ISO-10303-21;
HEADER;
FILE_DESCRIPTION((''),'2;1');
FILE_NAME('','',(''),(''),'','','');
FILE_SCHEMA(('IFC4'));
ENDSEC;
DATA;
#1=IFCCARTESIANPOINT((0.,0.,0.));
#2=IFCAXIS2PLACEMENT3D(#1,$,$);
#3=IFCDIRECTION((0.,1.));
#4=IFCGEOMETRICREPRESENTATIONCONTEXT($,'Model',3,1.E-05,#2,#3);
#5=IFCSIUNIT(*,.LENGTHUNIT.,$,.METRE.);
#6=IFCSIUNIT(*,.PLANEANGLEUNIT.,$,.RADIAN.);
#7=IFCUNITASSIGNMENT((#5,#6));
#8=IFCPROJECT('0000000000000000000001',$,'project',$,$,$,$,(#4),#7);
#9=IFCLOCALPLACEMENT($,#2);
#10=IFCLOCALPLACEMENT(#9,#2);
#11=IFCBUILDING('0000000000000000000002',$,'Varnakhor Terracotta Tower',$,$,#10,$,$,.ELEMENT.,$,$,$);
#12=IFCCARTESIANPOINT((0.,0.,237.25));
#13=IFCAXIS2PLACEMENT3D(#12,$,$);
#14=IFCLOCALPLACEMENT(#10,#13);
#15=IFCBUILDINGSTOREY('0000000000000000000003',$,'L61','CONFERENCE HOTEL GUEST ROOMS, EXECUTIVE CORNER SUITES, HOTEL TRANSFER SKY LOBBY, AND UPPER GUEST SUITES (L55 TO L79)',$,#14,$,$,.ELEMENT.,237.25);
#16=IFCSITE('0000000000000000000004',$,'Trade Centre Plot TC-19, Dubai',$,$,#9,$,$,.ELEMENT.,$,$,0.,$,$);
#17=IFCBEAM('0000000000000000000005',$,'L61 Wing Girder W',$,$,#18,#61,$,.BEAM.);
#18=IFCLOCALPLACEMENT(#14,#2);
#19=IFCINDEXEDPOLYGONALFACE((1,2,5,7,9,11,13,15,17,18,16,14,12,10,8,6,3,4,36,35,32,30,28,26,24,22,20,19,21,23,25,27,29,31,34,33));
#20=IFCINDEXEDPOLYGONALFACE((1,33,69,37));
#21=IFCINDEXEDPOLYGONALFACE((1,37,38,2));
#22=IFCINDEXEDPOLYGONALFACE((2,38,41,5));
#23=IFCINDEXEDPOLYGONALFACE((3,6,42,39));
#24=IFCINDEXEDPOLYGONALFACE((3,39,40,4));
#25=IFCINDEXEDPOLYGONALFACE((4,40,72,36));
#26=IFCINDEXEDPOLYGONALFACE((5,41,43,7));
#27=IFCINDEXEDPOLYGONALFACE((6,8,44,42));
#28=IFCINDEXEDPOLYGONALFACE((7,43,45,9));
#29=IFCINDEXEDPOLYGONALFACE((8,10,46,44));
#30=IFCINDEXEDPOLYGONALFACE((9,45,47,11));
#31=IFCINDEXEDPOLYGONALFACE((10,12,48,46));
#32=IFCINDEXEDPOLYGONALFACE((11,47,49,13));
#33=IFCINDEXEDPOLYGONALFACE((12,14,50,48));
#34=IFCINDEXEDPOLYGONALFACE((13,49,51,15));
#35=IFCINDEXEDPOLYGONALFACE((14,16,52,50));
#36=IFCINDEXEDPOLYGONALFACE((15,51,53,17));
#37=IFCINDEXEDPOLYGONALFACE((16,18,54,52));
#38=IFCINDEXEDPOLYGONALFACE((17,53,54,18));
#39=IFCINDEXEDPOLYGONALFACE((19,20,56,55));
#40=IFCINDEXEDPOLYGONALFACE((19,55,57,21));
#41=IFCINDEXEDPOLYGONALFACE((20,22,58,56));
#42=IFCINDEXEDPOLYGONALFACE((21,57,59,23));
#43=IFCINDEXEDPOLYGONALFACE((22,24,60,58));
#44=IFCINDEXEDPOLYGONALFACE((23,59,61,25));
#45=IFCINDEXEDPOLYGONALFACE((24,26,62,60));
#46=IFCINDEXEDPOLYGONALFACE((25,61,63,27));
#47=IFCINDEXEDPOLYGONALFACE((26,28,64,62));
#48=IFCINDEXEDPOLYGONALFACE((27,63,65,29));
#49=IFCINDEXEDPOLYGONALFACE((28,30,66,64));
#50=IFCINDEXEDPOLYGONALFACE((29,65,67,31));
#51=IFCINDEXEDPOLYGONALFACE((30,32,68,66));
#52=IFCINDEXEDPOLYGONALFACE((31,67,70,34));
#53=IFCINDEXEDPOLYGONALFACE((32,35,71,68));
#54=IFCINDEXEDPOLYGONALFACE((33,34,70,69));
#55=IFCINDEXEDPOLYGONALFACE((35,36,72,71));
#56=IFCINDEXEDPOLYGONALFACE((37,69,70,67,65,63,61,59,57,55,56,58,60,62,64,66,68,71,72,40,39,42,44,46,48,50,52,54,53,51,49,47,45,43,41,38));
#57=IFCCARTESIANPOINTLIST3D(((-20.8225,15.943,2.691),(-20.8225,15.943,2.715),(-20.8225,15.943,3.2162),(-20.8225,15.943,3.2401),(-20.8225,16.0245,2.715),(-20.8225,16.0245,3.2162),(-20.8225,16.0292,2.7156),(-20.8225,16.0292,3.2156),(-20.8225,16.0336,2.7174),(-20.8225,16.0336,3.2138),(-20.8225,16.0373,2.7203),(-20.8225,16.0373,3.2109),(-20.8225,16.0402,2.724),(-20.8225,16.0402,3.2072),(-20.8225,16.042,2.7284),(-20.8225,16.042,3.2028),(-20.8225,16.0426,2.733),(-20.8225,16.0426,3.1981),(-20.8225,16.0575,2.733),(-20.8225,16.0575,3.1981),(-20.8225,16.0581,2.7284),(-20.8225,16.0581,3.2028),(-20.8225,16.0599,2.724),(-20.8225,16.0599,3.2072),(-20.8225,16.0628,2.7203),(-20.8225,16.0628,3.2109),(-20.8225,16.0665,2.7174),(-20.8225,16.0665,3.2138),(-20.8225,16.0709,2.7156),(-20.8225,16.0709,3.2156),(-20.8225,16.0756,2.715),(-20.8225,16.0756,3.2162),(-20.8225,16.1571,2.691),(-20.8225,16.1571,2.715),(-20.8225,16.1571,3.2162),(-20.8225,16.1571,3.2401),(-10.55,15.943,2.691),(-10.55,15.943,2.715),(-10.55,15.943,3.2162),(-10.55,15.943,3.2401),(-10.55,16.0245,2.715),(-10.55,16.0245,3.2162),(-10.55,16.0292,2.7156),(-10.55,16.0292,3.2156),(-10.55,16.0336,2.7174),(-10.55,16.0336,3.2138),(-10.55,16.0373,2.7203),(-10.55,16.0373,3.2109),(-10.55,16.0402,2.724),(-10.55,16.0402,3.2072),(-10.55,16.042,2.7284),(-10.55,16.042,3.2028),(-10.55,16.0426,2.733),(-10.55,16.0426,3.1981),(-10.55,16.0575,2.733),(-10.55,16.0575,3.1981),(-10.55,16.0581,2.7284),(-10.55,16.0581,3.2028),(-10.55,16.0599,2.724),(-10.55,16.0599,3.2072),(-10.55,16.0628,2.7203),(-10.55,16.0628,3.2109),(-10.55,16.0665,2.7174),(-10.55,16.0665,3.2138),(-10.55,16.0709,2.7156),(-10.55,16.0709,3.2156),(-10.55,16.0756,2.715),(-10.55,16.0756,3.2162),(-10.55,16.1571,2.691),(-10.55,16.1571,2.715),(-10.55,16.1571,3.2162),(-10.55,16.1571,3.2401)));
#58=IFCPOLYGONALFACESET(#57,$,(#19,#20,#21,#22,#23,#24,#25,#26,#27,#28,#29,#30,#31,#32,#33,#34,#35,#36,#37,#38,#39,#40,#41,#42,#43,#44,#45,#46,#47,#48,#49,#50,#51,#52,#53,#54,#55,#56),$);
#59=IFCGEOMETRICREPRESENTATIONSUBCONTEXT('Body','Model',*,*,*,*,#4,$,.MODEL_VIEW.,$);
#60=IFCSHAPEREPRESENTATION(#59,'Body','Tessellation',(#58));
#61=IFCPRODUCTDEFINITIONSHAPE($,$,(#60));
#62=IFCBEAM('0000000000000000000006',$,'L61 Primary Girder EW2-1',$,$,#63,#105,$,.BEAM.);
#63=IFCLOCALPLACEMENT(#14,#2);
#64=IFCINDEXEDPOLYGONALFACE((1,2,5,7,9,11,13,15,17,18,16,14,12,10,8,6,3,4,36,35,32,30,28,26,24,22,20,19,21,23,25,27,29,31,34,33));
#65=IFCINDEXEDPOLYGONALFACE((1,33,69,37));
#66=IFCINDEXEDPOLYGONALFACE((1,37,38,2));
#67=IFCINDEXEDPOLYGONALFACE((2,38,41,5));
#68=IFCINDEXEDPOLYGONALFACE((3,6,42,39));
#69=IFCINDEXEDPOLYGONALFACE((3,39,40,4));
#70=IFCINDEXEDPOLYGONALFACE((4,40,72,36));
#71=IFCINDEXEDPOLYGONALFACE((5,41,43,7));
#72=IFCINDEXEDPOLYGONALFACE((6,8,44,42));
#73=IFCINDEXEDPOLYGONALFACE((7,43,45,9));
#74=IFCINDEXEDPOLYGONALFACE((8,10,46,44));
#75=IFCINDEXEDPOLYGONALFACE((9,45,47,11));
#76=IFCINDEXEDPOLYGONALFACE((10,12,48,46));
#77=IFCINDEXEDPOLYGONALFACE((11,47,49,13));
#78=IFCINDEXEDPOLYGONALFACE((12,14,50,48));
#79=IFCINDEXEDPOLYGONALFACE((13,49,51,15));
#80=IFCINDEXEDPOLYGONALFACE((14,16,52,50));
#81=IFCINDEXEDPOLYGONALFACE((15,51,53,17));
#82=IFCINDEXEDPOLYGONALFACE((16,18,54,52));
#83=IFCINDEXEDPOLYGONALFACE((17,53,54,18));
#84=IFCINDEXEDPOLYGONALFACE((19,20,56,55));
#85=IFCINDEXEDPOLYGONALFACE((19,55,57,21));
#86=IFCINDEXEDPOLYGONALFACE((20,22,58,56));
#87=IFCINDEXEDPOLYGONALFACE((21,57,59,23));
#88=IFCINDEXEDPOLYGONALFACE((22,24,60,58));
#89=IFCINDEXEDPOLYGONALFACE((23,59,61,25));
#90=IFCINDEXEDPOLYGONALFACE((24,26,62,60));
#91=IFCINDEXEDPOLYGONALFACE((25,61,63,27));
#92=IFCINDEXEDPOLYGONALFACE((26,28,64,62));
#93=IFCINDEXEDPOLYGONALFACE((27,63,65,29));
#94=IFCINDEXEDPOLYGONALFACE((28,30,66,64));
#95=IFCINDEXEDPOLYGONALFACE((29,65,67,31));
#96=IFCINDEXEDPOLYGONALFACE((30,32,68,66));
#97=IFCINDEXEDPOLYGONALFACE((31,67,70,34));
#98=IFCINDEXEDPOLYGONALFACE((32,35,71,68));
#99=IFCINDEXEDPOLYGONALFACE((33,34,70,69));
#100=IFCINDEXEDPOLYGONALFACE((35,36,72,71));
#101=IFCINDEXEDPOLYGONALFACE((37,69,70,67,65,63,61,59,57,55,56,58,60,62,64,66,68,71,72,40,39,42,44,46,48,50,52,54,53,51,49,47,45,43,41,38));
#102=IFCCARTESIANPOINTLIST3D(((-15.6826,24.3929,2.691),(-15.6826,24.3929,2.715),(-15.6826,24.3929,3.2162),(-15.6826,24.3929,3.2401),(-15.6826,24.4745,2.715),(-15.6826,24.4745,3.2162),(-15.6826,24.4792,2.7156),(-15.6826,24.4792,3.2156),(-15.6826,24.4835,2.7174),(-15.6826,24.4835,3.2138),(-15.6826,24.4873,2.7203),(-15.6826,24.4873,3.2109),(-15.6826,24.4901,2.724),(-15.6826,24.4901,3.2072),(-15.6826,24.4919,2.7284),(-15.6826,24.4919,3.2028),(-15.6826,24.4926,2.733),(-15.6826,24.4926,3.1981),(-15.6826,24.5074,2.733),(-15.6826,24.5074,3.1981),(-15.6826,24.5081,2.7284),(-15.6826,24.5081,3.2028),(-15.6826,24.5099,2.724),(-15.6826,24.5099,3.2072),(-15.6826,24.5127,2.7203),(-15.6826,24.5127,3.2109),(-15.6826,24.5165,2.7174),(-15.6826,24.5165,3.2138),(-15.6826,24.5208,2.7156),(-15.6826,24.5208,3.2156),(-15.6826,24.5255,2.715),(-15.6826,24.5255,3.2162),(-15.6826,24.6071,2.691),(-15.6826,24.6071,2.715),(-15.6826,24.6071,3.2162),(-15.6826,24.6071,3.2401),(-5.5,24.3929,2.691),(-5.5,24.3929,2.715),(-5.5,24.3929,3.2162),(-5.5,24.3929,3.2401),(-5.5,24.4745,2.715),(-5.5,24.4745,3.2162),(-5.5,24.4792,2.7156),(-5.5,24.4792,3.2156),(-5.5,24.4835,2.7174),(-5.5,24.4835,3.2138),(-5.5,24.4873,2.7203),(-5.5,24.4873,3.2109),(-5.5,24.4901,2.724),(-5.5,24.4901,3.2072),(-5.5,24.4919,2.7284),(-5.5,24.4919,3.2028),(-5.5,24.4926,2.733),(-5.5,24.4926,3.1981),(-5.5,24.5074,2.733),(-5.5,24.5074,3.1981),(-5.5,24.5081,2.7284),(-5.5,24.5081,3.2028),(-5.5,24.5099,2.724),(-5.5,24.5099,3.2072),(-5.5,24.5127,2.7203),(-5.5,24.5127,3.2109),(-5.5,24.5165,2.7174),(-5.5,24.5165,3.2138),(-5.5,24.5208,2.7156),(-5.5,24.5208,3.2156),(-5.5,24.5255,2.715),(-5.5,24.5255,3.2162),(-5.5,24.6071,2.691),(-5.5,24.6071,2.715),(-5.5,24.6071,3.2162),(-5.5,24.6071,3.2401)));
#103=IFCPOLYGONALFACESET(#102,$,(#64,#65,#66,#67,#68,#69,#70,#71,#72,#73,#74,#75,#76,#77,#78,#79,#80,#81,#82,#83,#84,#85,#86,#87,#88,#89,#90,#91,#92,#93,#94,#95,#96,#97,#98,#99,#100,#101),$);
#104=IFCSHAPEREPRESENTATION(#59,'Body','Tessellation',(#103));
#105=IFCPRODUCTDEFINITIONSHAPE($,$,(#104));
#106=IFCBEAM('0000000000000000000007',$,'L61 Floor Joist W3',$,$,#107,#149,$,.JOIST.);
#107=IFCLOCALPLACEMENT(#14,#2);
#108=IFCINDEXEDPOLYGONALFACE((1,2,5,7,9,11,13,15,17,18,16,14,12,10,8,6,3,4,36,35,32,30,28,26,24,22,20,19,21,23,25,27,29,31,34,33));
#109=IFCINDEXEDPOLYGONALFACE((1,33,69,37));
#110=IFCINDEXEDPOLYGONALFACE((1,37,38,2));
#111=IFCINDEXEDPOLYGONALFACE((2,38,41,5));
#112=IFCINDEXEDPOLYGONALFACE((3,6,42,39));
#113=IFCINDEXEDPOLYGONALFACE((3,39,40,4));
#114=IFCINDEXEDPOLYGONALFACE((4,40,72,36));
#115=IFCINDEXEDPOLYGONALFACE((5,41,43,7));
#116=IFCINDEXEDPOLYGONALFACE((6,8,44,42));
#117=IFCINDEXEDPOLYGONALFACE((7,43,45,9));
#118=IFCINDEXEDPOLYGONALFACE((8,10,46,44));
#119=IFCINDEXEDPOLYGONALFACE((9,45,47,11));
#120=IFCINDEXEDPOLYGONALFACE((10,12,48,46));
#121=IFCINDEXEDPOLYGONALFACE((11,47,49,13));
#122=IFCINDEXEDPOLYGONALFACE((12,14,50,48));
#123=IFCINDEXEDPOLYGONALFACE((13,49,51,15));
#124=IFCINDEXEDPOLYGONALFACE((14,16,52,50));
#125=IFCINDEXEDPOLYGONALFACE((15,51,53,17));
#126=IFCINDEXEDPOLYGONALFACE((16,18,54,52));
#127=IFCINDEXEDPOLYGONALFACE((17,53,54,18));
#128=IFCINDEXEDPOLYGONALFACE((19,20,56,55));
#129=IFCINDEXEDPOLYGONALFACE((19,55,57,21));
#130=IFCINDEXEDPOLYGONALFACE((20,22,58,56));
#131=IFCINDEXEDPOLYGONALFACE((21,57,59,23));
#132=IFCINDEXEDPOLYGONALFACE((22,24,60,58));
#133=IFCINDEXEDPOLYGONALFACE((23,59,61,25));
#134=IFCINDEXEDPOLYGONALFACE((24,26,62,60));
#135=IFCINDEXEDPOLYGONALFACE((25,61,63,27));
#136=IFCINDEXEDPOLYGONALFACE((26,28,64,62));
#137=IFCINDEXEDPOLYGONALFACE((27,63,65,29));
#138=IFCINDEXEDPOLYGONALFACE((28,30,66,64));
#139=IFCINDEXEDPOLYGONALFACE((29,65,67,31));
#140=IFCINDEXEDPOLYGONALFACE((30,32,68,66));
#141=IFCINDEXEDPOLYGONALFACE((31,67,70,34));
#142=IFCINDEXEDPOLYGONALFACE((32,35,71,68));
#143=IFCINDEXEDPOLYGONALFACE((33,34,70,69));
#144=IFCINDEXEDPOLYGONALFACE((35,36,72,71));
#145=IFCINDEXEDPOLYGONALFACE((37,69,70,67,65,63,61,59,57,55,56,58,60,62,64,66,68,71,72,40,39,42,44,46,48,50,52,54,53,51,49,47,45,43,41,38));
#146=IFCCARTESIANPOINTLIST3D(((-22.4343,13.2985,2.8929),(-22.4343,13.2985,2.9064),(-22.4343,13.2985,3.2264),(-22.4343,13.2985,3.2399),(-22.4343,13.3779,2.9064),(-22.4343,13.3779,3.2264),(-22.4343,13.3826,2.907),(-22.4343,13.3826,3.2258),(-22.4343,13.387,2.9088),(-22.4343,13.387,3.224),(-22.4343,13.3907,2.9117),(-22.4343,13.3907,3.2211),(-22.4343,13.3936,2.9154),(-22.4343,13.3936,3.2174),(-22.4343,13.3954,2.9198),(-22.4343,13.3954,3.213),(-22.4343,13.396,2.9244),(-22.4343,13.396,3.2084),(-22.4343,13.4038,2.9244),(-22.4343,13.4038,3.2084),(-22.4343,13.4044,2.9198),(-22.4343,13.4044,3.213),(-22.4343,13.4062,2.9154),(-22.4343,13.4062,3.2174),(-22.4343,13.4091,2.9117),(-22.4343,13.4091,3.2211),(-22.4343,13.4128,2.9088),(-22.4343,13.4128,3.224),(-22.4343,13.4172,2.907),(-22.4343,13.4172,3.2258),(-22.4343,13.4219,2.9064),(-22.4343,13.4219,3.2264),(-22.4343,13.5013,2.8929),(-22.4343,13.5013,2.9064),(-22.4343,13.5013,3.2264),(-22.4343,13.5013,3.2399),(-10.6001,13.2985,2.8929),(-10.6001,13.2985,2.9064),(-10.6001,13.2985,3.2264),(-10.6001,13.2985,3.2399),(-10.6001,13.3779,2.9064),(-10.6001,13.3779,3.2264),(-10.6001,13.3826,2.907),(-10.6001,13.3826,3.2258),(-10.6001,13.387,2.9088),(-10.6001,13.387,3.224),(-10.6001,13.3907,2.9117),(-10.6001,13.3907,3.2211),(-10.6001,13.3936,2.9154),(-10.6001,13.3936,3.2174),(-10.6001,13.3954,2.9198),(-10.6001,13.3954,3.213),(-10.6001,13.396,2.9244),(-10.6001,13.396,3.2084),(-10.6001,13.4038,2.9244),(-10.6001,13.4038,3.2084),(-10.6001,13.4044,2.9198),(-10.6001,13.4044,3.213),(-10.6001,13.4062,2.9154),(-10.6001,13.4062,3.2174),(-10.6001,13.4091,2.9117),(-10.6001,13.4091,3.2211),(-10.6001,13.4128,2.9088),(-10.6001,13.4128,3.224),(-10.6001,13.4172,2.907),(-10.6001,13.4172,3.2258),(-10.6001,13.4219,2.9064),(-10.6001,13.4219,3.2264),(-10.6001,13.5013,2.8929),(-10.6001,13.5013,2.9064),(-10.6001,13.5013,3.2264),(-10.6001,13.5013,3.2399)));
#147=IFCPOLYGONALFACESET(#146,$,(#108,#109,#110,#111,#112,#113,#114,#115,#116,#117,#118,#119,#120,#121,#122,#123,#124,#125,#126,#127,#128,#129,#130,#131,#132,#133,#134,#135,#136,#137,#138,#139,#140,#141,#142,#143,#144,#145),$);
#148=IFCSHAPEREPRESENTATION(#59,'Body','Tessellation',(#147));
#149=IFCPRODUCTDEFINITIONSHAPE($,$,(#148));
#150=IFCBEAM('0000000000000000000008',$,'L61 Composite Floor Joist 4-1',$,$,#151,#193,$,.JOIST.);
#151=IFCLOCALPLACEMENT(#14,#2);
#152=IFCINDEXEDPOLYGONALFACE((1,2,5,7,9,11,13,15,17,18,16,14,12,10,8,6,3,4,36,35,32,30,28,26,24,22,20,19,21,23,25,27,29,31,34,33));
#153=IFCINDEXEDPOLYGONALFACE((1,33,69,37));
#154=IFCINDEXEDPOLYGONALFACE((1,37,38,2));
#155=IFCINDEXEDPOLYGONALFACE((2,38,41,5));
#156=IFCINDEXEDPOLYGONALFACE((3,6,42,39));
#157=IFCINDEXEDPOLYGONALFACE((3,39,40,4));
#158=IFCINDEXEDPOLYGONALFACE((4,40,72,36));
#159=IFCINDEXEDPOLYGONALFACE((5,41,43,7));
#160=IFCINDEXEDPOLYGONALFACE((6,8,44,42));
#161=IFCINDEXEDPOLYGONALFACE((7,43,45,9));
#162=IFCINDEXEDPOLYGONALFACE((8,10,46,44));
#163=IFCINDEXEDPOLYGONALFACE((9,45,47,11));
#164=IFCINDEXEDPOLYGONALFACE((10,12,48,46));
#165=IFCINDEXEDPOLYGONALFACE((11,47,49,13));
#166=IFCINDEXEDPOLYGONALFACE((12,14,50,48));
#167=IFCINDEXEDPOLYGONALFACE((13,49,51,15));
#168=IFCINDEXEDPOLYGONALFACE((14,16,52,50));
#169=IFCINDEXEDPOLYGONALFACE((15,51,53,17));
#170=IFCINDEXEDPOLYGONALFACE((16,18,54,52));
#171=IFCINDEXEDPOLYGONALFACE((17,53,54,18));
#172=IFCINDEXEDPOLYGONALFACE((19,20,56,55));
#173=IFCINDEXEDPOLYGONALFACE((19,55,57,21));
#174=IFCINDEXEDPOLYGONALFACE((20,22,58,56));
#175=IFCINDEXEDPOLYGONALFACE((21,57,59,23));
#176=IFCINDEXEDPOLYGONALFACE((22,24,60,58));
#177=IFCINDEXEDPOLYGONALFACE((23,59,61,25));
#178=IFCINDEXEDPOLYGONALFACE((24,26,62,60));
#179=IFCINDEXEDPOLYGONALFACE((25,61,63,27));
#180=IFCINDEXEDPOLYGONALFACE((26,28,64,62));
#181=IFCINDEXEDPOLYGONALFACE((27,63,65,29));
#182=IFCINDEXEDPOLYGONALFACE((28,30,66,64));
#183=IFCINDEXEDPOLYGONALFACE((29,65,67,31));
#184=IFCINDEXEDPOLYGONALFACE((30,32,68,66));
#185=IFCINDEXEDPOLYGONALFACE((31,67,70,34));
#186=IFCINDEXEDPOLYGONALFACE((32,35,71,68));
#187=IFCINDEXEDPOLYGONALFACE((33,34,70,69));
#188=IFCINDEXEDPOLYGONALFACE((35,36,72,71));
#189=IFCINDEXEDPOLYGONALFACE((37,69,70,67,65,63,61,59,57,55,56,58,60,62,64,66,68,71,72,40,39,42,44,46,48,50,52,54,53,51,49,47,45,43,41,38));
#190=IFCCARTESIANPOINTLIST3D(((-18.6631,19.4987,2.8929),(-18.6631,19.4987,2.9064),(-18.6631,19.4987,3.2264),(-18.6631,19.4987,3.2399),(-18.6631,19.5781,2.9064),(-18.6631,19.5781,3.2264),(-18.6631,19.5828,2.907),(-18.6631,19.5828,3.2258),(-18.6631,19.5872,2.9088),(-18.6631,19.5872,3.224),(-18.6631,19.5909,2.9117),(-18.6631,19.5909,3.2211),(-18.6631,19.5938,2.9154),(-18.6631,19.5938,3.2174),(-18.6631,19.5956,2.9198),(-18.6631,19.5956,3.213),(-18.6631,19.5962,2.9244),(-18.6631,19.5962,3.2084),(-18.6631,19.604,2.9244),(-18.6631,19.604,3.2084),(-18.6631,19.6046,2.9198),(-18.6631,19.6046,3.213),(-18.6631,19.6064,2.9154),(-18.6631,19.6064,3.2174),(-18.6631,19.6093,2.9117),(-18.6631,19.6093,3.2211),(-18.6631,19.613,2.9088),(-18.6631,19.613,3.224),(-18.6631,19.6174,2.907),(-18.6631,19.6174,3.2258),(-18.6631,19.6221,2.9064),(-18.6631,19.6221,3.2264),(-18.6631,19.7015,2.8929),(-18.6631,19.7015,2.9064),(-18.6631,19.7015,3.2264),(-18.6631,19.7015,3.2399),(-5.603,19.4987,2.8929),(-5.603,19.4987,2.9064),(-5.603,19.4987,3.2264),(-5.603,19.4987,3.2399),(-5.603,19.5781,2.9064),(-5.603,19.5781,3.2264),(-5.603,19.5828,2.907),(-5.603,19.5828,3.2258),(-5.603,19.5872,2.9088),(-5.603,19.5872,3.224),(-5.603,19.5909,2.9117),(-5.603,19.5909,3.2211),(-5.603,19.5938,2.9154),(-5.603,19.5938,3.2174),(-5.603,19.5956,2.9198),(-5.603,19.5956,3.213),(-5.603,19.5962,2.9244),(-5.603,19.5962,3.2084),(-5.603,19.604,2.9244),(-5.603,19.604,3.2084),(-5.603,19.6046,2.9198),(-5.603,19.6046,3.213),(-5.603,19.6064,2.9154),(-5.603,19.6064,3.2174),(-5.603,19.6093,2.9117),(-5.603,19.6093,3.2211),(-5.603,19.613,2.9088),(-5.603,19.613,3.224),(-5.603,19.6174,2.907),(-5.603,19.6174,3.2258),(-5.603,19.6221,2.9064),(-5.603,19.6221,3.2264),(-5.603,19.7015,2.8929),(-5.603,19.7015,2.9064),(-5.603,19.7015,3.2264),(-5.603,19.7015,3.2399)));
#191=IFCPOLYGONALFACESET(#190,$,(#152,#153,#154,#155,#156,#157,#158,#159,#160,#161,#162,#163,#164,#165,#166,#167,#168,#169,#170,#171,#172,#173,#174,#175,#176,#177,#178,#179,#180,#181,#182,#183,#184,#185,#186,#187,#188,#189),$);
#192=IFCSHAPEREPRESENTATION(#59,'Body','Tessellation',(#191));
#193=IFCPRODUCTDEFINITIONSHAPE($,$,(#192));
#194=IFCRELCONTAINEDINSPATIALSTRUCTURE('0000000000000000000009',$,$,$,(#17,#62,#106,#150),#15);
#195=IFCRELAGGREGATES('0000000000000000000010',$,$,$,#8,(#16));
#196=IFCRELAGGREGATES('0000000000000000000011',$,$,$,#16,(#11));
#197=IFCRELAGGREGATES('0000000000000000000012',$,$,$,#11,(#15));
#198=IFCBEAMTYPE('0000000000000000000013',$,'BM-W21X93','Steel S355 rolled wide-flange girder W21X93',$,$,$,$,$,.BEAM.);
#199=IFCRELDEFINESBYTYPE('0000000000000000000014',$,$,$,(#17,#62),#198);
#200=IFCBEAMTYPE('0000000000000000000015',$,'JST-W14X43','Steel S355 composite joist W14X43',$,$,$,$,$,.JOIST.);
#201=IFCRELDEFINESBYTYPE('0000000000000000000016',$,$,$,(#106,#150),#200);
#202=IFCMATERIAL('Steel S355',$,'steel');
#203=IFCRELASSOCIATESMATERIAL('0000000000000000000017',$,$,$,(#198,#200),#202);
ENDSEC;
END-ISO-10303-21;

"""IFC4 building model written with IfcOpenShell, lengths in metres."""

from ifc_helpers import new_model, si_unit, direction, frame, origin, origin_2d, place, context, subcontext, project, spatial, i_section, extrude, source, transform, mapped, material, material_profile, profile_set, type_object, element, save


model = new_model("IFC4")

# Units and contexts
model_context = context("Model", 3, precision=1e-05, world=origin(), true_north=direction((0.0, 1.0)))
body_context = subcontext(model_context, "Body", "Model", "MODEL_VIEW")
ifc_project = project(units=[si_unit("LENGTHUNIT", "METRE"), si_unit("PLANEANGLEUNIT", "RADIAN")], contexts=[model_context])

# Site, building, storey
site_placement = place(None, origin())
site = spatial("IfcSite", under=ifc_project, at=site_placement, Name="Trade Centre Plot TC-19, Dubai", CompositionType="ELEMENT", RefElevation=0.0)
building_placement = place(site_placement, origin())
building = spatial("IfcBuilding", under=site, at=building_placement, Name="Varnakhor Terracotta Tower", CompositionType="ELEMENT")
storey_placement = place(building_placement, frame((0.0, 0.0, 237.25)))
storey = spatial("IfcBuildingStorey", under=building, at=storey_placement, Name="L61", Description="CONFERENCE HOTEL GUEST ROOMS, EXECUTIVE CORNER SUITES, HOTEL TRANSFER SKY LOBBY, AND UPPER GUEST SUITES (L55 TO L79)", CompositionType="ELEMENT", Elevation=237.25)

# Beams
ifc_material_1 = material(Name="Steel S355", Category="steel")
ifc_material_profile_1 = material_profile(ifc_material_1, i_section(OverallWidth=0.2141, OverallDepth=0.5491, WebThickness=0.0149, FlangeThickness=0.0239, FilletRadius=0.0181, at=origin_2d()), Name="W21X93")
ifc_profile_set_1 = profile_set([ifc_material_profile_1], Name="Steel S355")
beam_type_1 = type_object("IfcBeamType", Name="BM-W21X93", Description="Steel S355 rolled wide-flange girder W21X93", PredefinedType="BEAM", material=ifc_profile_set_1)
shared_shape_1 = source(origin(), body_context, "Body", "SweptSolid", [
    extrude(i_section(OverallWidth=0.2141, OverallDepth=0.5491, WebThickness=0.0149, FlangeThickness=0.0239, FilletRadius=0.0181, at=origin_2d()), origin(), (0.0, 0.0, 1.0), 10.2725),
])
beam_1_placement = place(storey_placement, frame((-20.8225, 16.05, 2.9656), z_axis=(1.0, 0.0, 0.0), x_axis=(0.0, 1.0, 0.0)))
element("IfcBeam", 1, at=beam_1_placement, inside=storey, type_object=beam_type_1, Name="L61 Wing Girder W", PredefinedType="BEAM", context=body_context, shape_type="MappedRepresentation", body=[
    mapped(shared_shape_1, transform((0.0, 0.0, 0.0), scale=1.0)),
])
shared_shape_2 = source(origin(), body_context, "Body", "SweptSolid", [
    extrude(i_section(OverallWidth=0.2141, OverallDepth=0.5491, WebThickness=0.0149, FlangeThickness=0.0239, FilletRadius=0.0181, at=origin_2d()), origin(), (0.0, 0.0, 1.0), 10.1826),
])
beam_2_placement = place(storey_placement, frame((-15.6826, 24.5, 2.9656), z_axis=(1.0, 0.0, 0.0), x_axis=(0.0, 1.0, 0.0)))
element("IfcBeam", 2, at=beam_2_placement, inside=storey, type_object=beam_type_1, Name="L61 Primary Girder EW2-1", PredefinedType="BEAM", context=body_context, shape_type="MappedRepresentation", body=[
    mapped(shared_shape_2, transform((0.0, 0.0, 0.0), scale=1.0)),
])
ifc_material_profile_2 = material_profile(ifc_material_1, i_section(OverallWidth=0.2029, OverallDepth=0.3469, WebThickness=0.0078, FlangeThickness=0.0134, FilletRadius=0.0181, at=origin_2d()), Name="W14X43")
ifc_profile_set_2 = profile_set([ifc_material_profile_2], Name="Steel S355")
beam_type_2 = type_object("IfcBeamType", Name="JST-W14X43", Description="Steel S355 composite joist W14X43", PredefinedType="JOIST", material=ifc_profile_set_2)
shared_shape_3 = source(origin(), body_context, "Body", "SweptSolid", [
    extrude(i_section(OverallWidth=0.2029, OverallDepth=0.3469, WebThickness=0.0078, FlangeThickness=0.0134, FilletRadius=0.0181, at=origin_2d()), origin(), (0.0, 0.0, 1.0), 11.8342),
])
beam_3_placement = place(storey_placement, frame((-22.4343, 13.3999, 3.0664), z_axis=(1.0, 0.0, 0.0), x_axis=(0.0, 1.0, 0.0)))
element("IfcBeam", 3, at=beam_3_placement, inside=storey, type_object=beam_type_2, Name="L61 Floor Joist W3", PredefinedType="JOIST", context=body_context, shape_type="MappedRepresentation", body=[
    mapped(shared_shape_3, transform((0.0, 0.0, 0.0), scale=1.0)),
])
shared_shape_4 = source(origin(), body_context, "Body", "SweptSolid", [
    extrude(i_section(OverallWidth=0.2029, OverallDepth=0.3469, WebThickness=0.0078, FlangeThickness=0.0134, FilletRadius=0.0181, at=origin_2d()), origin(), (0.0, 0.0, 1.0), 13.0601),
])
beam_4_placement = place(storey_placement, frame((-18.6631, 19.6001, 3.0664), z_axis=(1.0, 0.0, 0.0), x_axis=(0.0, 1.0, 0.0)))
element("IfcBeam", 4, at=beam_4_placement, inside=storey, type_object=beam_type_2, Name="L61 Composite Floor Joist 4-1", PredefinedType="JOIST", context=body_context, shape_type="MappedRepresentation", body=[
    mapped(shared_shape_4, transform((0.0, 0.0, 0.0), scale=1.0)),
])

save(model, "model.ifc")
